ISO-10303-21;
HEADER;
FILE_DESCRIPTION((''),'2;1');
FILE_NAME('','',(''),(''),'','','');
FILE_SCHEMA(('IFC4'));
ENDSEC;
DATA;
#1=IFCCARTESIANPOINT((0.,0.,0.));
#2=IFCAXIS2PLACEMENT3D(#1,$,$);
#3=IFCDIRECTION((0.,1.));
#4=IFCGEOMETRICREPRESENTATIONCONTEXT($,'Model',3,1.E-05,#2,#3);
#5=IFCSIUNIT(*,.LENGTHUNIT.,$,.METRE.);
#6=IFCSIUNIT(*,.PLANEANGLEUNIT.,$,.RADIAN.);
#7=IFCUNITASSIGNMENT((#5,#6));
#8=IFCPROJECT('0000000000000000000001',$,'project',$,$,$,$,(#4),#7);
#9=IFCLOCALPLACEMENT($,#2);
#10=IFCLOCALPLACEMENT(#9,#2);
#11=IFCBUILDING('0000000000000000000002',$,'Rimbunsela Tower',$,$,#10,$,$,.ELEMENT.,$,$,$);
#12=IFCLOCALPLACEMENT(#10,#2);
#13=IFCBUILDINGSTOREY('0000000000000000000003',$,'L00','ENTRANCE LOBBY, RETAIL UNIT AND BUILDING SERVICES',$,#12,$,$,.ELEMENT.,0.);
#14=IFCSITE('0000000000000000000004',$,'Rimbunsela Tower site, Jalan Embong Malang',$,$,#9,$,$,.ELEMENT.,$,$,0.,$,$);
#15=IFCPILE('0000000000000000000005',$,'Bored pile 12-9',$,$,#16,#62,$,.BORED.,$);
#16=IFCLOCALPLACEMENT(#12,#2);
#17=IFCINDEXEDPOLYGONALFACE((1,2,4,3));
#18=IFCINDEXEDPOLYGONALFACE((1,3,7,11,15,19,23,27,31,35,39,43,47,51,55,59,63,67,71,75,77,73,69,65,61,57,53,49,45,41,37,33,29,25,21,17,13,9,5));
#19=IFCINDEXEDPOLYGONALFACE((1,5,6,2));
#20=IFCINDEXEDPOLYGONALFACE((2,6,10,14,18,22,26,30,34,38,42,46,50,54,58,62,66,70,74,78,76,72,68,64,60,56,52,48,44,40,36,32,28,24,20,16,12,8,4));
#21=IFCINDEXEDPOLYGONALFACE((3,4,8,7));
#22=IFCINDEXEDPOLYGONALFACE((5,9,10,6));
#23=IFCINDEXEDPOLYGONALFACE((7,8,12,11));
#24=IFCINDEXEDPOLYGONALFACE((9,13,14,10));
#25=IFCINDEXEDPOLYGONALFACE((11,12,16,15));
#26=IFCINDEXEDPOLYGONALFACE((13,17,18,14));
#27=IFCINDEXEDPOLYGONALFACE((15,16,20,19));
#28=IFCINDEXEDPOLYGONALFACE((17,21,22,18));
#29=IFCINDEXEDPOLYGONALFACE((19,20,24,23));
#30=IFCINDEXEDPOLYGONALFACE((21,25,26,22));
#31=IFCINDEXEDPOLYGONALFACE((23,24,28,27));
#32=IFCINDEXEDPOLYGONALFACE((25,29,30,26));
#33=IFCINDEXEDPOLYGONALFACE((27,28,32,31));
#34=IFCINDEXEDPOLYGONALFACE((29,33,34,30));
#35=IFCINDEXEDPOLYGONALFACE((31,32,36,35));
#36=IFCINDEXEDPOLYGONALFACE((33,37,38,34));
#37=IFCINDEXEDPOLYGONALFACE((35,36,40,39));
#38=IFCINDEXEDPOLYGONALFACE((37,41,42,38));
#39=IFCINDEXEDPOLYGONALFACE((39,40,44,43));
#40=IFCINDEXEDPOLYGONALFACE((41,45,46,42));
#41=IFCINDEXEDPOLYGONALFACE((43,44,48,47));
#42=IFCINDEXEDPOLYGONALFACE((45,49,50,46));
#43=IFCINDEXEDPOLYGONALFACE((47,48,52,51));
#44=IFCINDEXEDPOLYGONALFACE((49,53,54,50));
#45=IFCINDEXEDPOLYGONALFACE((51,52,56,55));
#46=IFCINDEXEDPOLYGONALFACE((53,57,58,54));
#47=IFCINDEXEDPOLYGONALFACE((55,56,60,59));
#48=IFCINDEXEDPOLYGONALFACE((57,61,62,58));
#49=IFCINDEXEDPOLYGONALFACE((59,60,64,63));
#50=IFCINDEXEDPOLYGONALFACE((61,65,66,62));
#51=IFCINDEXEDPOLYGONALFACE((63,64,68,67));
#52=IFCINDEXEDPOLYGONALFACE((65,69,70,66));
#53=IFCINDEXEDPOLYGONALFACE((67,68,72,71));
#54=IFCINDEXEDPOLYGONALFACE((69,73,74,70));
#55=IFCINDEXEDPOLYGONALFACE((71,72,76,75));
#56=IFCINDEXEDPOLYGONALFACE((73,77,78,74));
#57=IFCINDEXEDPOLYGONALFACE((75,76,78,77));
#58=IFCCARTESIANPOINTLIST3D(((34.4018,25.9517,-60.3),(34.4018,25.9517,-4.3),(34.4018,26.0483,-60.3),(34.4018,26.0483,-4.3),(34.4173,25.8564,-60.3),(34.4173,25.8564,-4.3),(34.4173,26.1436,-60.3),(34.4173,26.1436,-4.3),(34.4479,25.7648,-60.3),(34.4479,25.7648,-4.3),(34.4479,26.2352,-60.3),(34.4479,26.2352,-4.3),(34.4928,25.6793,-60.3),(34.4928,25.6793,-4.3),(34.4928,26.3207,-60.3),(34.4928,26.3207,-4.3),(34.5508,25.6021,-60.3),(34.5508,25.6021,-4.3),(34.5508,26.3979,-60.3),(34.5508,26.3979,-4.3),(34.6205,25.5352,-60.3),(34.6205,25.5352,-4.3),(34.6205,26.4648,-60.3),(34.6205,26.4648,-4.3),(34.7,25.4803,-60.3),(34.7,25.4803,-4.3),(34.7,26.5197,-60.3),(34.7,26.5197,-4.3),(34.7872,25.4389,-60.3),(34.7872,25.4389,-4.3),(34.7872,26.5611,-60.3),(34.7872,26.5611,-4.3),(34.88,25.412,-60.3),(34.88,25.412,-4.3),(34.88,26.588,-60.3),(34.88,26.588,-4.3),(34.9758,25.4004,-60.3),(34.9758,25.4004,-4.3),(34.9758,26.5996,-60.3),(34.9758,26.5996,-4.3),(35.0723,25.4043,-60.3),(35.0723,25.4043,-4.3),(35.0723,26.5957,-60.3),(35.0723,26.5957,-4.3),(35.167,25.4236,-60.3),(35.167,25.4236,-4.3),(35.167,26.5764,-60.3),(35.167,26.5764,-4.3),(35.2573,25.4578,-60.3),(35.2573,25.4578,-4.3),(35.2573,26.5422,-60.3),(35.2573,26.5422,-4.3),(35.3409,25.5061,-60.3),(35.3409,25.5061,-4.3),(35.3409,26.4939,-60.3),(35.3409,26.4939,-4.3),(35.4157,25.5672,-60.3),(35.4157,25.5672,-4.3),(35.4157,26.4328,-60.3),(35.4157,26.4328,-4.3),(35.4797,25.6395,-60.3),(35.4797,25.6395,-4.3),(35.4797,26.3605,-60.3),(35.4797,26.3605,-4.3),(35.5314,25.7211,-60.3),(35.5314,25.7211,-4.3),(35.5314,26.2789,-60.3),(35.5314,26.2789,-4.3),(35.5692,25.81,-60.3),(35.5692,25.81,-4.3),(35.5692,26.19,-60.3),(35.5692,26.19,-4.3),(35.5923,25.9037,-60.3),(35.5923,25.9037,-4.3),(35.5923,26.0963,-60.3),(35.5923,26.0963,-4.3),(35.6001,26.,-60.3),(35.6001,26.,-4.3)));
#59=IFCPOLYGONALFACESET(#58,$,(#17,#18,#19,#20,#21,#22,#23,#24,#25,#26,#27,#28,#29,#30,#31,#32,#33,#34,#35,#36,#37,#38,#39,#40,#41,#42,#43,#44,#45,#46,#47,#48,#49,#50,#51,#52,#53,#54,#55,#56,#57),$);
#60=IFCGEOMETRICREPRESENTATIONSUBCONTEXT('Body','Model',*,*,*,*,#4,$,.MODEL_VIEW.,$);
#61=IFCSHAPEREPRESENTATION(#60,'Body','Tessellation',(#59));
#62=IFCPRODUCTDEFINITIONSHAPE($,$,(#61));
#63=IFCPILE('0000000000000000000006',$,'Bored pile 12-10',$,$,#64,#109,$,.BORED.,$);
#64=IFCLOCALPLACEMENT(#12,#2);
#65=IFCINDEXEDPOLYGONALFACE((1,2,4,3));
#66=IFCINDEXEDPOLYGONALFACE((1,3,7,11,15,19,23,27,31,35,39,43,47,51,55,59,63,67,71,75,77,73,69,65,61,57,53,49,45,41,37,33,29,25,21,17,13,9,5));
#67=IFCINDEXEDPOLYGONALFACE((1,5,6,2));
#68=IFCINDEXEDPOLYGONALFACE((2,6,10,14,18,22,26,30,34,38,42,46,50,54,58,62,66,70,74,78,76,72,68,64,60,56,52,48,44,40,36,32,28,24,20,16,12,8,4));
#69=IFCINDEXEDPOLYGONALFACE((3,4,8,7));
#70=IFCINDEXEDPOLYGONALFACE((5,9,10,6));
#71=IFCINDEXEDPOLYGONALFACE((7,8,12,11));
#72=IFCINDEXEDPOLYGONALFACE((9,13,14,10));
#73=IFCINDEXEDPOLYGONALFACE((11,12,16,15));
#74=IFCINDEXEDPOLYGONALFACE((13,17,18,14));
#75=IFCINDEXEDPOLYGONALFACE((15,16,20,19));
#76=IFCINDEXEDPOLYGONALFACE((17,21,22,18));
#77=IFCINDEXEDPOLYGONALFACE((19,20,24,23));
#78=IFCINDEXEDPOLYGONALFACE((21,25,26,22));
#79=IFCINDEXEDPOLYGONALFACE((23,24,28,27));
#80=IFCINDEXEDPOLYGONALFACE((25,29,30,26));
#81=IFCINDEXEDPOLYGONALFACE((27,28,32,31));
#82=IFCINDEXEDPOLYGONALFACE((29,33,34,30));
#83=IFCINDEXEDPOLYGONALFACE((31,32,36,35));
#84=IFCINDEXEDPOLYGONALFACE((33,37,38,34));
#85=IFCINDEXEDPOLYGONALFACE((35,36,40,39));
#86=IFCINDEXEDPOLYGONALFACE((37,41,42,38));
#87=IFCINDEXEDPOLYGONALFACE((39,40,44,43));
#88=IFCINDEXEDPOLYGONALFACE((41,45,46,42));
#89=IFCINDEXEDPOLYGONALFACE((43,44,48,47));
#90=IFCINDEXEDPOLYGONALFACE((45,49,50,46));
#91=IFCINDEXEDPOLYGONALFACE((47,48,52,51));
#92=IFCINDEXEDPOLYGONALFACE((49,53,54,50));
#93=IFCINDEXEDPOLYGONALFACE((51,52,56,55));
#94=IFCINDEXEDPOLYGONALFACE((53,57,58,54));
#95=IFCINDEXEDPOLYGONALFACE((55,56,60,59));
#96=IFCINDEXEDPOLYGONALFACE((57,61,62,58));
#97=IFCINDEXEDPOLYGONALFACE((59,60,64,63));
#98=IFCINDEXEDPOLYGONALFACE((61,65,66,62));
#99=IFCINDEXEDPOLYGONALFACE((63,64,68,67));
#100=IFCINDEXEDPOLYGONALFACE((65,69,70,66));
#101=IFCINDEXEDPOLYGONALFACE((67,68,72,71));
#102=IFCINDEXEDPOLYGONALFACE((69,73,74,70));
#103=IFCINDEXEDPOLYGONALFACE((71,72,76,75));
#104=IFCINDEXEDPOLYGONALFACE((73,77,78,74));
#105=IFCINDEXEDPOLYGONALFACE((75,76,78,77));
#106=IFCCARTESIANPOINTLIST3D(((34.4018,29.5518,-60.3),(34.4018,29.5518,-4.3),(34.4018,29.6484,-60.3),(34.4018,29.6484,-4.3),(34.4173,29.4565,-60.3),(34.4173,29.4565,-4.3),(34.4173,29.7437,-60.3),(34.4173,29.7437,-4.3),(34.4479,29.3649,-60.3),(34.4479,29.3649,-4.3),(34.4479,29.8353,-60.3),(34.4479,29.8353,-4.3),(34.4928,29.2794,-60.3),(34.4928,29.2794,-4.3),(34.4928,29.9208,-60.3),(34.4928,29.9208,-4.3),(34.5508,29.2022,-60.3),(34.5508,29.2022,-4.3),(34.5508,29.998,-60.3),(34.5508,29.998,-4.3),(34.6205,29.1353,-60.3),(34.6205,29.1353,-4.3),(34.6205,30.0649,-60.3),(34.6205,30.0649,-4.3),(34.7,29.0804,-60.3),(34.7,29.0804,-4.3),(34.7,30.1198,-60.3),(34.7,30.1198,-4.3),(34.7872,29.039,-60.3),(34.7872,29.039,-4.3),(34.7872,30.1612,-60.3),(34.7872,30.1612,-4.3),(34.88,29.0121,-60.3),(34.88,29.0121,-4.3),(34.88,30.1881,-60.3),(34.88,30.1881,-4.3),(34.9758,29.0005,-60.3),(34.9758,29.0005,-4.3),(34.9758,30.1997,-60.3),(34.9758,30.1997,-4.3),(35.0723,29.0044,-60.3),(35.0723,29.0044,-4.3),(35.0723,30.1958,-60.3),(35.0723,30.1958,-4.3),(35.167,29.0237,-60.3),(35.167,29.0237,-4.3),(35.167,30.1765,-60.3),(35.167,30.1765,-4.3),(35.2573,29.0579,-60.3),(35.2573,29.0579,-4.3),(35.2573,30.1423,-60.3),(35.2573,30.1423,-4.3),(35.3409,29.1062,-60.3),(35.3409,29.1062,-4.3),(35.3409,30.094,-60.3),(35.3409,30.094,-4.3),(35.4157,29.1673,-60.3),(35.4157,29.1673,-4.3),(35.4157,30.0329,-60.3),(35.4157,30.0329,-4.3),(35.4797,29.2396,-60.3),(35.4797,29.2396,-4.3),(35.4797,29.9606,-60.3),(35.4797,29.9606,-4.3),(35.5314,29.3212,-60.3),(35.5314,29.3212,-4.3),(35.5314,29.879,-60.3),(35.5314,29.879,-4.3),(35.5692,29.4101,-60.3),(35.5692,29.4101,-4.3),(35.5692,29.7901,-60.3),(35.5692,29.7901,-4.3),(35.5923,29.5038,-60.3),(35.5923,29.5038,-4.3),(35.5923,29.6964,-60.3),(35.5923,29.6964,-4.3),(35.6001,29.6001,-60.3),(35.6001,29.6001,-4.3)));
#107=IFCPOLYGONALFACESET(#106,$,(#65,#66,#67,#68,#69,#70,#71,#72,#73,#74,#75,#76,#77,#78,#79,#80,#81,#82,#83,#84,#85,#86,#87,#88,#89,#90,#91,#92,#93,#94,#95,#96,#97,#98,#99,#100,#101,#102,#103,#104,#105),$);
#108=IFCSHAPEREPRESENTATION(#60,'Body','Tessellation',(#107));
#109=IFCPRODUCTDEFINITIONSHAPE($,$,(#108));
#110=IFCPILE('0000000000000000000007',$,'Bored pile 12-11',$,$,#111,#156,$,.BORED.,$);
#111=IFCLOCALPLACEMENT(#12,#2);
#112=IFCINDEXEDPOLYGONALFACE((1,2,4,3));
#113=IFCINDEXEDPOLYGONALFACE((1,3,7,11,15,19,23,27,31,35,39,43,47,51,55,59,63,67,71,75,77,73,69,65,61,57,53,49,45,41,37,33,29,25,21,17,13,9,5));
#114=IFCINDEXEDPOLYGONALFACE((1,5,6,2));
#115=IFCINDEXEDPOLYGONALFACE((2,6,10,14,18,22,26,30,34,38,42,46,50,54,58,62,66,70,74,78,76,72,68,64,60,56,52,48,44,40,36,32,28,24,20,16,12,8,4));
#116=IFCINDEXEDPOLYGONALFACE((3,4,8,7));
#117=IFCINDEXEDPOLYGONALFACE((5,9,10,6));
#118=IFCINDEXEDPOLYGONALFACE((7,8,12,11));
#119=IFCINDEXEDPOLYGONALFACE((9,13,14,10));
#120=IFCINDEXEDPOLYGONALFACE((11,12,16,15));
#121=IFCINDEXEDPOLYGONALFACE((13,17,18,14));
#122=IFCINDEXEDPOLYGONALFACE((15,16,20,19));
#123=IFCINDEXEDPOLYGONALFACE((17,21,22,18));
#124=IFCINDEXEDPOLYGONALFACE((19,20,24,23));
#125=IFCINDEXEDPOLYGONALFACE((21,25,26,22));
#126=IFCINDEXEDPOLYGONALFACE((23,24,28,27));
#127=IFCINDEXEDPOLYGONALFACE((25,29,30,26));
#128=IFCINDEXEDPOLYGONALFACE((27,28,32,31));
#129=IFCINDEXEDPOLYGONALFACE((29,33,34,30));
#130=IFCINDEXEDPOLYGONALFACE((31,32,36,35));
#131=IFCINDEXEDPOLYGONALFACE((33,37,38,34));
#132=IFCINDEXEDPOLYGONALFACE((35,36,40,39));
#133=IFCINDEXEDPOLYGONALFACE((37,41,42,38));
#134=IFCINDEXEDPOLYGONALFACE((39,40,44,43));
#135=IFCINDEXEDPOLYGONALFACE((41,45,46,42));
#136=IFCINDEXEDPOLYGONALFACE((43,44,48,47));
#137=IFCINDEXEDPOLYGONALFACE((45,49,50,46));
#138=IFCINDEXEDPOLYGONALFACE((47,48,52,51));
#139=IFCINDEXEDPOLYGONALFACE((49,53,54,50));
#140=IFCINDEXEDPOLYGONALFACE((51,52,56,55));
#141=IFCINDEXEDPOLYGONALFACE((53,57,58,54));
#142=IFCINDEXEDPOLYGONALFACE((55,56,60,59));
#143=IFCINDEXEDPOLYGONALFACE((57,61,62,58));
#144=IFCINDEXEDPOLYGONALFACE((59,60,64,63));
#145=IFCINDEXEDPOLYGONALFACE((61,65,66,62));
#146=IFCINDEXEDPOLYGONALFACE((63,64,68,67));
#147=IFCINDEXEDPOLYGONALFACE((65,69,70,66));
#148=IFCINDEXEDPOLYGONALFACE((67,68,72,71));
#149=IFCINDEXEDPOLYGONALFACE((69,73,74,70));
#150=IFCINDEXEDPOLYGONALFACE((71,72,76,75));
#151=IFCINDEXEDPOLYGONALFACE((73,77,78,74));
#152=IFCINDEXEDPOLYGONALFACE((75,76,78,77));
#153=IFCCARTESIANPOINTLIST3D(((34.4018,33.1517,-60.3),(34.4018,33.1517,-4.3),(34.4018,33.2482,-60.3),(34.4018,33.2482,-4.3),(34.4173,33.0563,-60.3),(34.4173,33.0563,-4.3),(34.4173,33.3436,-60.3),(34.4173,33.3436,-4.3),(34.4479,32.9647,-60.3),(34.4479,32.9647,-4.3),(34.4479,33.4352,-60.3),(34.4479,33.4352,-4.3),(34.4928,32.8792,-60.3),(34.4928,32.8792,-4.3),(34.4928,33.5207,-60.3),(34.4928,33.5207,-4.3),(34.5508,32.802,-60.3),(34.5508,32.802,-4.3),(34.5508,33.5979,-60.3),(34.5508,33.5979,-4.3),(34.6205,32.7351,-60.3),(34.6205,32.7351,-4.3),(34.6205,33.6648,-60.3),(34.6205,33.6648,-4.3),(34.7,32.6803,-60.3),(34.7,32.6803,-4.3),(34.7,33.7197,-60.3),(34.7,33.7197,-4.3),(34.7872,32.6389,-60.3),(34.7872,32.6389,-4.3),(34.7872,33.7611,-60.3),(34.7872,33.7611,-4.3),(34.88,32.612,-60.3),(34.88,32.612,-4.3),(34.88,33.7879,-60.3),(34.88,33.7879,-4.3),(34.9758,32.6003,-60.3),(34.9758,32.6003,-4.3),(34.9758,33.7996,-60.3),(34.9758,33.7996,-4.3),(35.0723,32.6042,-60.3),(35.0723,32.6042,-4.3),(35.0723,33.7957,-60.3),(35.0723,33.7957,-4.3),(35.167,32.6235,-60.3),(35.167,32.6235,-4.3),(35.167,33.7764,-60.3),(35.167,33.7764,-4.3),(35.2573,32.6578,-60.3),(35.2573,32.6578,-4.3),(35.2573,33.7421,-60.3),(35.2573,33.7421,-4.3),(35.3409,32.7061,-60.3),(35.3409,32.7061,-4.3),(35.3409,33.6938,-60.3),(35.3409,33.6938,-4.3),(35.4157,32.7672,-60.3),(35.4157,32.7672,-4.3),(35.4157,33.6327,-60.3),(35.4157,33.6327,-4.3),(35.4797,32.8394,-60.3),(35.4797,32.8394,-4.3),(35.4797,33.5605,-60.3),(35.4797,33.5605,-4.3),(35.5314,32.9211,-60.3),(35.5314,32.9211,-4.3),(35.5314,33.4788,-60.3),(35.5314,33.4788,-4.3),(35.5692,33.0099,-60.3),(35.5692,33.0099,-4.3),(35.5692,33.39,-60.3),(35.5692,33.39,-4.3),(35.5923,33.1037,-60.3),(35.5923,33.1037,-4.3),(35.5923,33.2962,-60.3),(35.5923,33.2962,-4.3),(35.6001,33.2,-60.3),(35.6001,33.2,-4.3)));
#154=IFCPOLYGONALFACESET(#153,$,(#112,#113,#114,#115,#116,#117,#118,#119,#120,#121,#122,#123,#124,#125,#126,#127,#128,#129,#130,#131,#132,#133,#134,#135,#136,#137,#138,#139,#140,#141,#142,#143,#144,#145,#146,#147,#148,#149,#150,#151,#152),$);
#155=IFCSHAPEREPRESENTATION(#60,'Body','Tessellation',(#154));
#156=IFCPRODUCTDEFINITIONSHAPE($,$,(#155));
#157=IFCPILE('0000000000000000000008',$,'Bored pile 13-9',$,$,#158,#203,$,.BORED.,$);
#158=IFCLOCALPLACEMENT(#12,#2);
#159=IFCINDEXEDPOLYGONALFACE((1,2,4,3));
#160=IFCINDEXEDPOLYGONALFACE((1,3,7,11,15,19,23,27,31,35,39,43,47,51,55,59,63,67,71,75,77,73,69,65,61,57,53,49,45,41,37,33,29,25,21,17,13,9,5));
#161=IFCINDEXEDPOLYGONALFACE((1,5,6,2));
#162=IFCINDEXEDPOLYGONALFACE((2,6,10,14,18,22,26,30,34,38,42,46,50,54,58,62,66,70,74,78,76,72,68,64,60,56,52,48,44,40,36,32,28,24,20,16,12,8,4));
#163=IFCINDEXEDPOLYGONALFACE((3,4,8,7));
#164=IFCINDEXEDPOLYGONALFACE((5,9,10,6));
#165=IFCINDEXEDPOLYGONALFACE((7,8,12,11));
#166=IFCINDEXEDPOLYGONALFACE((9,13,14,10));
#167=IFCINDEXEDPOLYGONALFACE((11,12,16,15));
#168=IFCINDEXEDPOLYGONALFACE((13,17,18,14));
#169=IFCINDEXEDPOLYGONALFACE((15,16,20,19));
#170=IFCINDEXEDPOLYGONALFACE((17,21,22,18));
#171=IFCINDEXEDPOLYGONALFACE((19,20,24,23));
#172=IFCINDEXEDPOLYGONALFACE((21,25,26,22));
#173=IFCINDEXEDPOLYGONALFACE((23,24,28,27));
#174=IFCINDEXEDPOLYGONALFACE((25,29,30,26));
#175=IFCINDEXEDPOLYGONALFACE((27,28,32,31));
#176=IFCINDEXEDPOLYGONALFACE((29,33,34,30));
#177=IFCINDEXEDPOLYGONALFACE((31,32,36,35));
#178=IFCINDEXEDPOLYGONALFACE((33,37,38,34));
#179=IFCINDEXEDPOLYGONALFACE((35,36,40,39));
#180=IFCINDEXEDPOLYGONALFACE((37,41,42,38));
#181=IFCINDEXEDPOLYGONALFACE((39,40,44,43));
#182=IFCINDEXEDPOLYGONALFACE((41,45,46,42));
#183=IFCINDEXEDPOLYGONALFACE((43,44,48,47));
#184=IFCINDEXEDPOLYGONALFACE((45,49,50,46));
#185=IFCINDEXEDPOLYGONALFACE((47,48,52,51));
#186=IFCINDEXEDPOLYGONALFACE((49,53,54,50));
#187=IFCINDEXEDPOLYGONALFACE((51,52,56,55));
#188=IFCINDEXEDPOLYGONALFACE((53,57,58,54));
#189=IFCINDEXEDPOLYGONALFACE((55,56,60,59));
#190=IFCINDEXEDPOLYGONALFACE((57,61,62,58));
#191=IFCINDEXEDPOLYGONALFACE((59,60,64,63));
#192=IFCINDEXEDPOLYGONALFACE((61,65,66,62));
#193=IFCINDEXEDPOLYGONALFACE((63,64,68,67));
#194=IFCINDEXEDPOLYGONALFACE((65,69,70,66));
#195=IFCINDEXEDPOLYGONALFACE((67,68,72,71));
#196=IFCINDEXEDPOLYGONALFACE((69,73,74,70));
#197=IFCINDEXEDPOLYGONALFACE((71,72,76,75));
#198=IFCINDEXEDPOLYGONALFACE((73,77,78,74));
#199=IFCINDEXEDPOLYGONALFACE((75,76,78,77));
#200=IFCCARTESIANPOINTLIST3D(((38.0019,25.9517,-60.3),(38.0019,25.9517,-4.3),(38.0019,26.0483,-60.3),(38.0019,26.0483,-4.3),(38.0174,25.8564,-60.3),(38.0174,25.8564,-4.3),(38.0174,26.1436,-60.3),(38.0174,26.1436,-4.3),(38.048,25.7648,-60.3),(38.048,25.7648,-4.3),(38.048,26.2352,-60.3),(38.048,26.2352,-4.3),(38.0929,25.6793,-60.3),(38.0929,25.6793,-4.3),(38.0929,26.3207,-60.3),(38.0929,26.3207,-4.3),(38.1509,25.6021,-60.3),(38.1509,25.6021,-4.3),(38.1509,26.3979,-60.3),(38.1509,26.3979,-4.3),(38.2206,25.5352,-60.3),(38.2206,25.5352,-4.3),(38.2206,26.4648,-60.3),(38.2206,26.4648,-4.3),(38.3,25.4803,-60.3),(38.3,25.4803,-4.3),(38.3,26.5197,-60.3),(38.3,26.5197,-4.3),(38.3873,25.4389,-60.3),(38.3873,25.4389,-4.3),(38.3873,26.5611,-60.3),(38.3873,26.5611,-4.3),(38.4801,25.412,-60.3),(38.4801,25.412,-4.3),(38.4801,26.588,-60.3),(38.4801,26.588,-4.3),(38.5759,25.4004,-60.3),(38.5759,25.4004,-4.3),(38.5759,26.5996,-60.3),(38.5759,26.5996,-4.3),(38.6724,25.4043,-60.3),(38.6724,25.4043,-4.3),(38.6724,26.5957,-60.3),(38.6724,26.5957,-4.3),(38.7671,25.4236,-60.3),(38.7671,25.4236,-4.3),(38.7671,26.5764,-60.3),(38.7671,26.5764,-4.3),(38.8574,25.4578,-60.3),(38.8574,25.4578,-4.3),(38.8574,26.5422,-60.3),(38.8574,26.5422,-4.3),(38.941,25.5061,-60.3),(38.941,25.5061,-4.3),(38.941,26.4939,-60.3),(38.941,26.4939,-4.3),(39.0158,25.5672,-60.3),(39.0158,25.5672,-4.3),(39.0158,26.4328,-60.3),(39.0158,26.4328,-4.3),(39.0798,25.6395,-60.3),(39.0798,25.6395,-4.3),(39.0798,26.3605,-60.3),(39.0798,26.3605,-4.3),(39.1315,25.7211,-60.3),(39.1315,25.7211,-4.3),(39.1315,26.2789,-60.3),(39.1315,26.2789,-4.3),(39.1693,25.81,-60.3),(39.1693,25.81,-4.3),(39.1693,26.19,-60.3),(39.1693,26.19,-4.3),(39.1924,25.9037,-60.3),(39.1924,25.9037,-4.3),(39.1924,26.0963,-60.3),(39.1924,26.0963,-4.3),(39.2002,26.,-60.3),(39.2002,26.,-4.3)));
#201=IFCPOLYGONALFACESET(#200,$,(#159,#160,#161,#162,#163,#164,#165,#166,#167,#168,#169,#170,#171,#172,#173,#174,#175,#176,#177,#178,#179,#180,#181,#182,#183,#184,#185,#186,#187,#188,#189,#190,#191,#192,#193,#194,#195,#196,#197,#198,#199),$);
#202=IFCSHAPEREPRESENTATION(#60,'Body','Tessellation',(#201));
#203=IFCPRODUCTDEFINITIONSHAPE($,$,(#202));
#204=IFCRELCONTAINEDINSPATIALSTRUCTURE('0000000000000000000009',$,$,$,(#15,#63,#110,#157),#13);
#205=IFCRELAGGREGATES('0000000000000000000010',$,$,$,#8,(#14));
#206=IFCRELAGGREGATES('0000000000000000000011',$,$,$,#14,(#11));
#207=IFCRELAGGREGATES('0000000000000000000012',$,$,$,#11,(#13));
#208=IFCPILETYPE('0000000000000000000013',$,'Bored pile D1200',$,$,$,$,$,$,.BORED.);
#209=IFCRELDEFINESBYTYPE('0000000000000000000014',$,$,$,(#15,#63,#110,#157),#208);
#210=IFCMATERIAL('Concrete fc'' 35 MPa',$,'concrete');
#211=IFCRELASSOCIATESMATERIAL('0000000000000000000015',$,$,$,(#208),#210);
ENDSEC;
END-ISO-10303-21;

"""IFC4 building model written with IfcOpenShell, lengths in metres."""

from ifc_helpers import new_model, si_unit, direction, frame, origin, origin_2d, place, context, subcontext, project, spatial, circle, extrude, material, material_profile, profile_set, type_object, element, save


model = new_model("IFC4")

# Units and contexts
model_context = context("Model", 3, precision=1e-05, world=origin(), true_north=direction((0.0, 1.0)))
body_context = subcontext(model_context, "Body", "Model", "MODEL_VIEW")
ifc_project = project(units=[si_unit("LENGTHUNIT", "METRE"), si_unit("PLANEANGLEUNIT", "RADIAN")], contexts=[model_context])

# Site, building, storey
site_placement = place(None, origin())
site = spatial("IfcSite", under=ifc_project, at=site_placement, Name="Rimbunsela Tower site, Jalan Embong Malang", CompositionType="ELEMENT", RefElevation=0.0)
building_placement = place(site_placement, origin())
building = spatial("IfcBuilding", under=site, at=building_placement, Name="Rimbunsela Tower", CompositionType="ELEMENT")
storey_placement = place(building_placement, origin())
storey = spatial("IfcBuildingStorey", under=building, at=storey_placement, Name="L00", Description="ENTRANCE LOBBY, RETAIL UNIT AND BUILDING SERVICES", CompositionType="ELEMENT", Elevation=0.0)

# Piles
ifc_material_1 = material(Name="Concrete fc' 35 MPa", Category="concrete")
ifc_material_profile = material_profile(ifc_material_1, circle(Radius=0.6001, at=origin_2d()), Name="BP D1200")
ifc_profile_set = profile_set([ifc_material_profile], Name="Concrete fc' 35 MPa")
pile_type = type_object("IfcPileType", Name="Bored pile D1200", PredefinedType="BORED", material=ifc_profile_set)
for number, where, z_axis, x_axis, name in (
    (1, (35.0, 26.0, -4.3), (0.0, 0.0, -1.0), (1.0, 0.0, 0.0), "Bored pile 12-9"),
    (2, (35.0, 29.6001, -4.3), (0.0, 0.0, -1.0), (1.0, 0.0, 0.0), "Bored pile 12-10"),
    (3, (35.0, 33.2, -4.3), (0.0, 0.0, -1.0), (1.0, 0.0, 0.0), "Bored pile 12-11"),
    (4, (38.6001, 26.0, -4.3), (0.0, 0.0, -1.0), (1.0, 0.0, 0.0), "Bored pile 13-9"),
):
    element("IfcPile", number, at=place(storey_placement, frame(where, z_axis=z_axis, x_axis=x_axis)), inside=storey, type_object=pile_type, Name=name, PredefinedType="BORED", context=body_context, shape_type="SweptSolid", body=[
        extrude(circle(Radius=0.6001, at=origin_2d()), origin(), (0.0, 0.0, 1.0), 56.0),
    ])

save(model, "model.ifc")
